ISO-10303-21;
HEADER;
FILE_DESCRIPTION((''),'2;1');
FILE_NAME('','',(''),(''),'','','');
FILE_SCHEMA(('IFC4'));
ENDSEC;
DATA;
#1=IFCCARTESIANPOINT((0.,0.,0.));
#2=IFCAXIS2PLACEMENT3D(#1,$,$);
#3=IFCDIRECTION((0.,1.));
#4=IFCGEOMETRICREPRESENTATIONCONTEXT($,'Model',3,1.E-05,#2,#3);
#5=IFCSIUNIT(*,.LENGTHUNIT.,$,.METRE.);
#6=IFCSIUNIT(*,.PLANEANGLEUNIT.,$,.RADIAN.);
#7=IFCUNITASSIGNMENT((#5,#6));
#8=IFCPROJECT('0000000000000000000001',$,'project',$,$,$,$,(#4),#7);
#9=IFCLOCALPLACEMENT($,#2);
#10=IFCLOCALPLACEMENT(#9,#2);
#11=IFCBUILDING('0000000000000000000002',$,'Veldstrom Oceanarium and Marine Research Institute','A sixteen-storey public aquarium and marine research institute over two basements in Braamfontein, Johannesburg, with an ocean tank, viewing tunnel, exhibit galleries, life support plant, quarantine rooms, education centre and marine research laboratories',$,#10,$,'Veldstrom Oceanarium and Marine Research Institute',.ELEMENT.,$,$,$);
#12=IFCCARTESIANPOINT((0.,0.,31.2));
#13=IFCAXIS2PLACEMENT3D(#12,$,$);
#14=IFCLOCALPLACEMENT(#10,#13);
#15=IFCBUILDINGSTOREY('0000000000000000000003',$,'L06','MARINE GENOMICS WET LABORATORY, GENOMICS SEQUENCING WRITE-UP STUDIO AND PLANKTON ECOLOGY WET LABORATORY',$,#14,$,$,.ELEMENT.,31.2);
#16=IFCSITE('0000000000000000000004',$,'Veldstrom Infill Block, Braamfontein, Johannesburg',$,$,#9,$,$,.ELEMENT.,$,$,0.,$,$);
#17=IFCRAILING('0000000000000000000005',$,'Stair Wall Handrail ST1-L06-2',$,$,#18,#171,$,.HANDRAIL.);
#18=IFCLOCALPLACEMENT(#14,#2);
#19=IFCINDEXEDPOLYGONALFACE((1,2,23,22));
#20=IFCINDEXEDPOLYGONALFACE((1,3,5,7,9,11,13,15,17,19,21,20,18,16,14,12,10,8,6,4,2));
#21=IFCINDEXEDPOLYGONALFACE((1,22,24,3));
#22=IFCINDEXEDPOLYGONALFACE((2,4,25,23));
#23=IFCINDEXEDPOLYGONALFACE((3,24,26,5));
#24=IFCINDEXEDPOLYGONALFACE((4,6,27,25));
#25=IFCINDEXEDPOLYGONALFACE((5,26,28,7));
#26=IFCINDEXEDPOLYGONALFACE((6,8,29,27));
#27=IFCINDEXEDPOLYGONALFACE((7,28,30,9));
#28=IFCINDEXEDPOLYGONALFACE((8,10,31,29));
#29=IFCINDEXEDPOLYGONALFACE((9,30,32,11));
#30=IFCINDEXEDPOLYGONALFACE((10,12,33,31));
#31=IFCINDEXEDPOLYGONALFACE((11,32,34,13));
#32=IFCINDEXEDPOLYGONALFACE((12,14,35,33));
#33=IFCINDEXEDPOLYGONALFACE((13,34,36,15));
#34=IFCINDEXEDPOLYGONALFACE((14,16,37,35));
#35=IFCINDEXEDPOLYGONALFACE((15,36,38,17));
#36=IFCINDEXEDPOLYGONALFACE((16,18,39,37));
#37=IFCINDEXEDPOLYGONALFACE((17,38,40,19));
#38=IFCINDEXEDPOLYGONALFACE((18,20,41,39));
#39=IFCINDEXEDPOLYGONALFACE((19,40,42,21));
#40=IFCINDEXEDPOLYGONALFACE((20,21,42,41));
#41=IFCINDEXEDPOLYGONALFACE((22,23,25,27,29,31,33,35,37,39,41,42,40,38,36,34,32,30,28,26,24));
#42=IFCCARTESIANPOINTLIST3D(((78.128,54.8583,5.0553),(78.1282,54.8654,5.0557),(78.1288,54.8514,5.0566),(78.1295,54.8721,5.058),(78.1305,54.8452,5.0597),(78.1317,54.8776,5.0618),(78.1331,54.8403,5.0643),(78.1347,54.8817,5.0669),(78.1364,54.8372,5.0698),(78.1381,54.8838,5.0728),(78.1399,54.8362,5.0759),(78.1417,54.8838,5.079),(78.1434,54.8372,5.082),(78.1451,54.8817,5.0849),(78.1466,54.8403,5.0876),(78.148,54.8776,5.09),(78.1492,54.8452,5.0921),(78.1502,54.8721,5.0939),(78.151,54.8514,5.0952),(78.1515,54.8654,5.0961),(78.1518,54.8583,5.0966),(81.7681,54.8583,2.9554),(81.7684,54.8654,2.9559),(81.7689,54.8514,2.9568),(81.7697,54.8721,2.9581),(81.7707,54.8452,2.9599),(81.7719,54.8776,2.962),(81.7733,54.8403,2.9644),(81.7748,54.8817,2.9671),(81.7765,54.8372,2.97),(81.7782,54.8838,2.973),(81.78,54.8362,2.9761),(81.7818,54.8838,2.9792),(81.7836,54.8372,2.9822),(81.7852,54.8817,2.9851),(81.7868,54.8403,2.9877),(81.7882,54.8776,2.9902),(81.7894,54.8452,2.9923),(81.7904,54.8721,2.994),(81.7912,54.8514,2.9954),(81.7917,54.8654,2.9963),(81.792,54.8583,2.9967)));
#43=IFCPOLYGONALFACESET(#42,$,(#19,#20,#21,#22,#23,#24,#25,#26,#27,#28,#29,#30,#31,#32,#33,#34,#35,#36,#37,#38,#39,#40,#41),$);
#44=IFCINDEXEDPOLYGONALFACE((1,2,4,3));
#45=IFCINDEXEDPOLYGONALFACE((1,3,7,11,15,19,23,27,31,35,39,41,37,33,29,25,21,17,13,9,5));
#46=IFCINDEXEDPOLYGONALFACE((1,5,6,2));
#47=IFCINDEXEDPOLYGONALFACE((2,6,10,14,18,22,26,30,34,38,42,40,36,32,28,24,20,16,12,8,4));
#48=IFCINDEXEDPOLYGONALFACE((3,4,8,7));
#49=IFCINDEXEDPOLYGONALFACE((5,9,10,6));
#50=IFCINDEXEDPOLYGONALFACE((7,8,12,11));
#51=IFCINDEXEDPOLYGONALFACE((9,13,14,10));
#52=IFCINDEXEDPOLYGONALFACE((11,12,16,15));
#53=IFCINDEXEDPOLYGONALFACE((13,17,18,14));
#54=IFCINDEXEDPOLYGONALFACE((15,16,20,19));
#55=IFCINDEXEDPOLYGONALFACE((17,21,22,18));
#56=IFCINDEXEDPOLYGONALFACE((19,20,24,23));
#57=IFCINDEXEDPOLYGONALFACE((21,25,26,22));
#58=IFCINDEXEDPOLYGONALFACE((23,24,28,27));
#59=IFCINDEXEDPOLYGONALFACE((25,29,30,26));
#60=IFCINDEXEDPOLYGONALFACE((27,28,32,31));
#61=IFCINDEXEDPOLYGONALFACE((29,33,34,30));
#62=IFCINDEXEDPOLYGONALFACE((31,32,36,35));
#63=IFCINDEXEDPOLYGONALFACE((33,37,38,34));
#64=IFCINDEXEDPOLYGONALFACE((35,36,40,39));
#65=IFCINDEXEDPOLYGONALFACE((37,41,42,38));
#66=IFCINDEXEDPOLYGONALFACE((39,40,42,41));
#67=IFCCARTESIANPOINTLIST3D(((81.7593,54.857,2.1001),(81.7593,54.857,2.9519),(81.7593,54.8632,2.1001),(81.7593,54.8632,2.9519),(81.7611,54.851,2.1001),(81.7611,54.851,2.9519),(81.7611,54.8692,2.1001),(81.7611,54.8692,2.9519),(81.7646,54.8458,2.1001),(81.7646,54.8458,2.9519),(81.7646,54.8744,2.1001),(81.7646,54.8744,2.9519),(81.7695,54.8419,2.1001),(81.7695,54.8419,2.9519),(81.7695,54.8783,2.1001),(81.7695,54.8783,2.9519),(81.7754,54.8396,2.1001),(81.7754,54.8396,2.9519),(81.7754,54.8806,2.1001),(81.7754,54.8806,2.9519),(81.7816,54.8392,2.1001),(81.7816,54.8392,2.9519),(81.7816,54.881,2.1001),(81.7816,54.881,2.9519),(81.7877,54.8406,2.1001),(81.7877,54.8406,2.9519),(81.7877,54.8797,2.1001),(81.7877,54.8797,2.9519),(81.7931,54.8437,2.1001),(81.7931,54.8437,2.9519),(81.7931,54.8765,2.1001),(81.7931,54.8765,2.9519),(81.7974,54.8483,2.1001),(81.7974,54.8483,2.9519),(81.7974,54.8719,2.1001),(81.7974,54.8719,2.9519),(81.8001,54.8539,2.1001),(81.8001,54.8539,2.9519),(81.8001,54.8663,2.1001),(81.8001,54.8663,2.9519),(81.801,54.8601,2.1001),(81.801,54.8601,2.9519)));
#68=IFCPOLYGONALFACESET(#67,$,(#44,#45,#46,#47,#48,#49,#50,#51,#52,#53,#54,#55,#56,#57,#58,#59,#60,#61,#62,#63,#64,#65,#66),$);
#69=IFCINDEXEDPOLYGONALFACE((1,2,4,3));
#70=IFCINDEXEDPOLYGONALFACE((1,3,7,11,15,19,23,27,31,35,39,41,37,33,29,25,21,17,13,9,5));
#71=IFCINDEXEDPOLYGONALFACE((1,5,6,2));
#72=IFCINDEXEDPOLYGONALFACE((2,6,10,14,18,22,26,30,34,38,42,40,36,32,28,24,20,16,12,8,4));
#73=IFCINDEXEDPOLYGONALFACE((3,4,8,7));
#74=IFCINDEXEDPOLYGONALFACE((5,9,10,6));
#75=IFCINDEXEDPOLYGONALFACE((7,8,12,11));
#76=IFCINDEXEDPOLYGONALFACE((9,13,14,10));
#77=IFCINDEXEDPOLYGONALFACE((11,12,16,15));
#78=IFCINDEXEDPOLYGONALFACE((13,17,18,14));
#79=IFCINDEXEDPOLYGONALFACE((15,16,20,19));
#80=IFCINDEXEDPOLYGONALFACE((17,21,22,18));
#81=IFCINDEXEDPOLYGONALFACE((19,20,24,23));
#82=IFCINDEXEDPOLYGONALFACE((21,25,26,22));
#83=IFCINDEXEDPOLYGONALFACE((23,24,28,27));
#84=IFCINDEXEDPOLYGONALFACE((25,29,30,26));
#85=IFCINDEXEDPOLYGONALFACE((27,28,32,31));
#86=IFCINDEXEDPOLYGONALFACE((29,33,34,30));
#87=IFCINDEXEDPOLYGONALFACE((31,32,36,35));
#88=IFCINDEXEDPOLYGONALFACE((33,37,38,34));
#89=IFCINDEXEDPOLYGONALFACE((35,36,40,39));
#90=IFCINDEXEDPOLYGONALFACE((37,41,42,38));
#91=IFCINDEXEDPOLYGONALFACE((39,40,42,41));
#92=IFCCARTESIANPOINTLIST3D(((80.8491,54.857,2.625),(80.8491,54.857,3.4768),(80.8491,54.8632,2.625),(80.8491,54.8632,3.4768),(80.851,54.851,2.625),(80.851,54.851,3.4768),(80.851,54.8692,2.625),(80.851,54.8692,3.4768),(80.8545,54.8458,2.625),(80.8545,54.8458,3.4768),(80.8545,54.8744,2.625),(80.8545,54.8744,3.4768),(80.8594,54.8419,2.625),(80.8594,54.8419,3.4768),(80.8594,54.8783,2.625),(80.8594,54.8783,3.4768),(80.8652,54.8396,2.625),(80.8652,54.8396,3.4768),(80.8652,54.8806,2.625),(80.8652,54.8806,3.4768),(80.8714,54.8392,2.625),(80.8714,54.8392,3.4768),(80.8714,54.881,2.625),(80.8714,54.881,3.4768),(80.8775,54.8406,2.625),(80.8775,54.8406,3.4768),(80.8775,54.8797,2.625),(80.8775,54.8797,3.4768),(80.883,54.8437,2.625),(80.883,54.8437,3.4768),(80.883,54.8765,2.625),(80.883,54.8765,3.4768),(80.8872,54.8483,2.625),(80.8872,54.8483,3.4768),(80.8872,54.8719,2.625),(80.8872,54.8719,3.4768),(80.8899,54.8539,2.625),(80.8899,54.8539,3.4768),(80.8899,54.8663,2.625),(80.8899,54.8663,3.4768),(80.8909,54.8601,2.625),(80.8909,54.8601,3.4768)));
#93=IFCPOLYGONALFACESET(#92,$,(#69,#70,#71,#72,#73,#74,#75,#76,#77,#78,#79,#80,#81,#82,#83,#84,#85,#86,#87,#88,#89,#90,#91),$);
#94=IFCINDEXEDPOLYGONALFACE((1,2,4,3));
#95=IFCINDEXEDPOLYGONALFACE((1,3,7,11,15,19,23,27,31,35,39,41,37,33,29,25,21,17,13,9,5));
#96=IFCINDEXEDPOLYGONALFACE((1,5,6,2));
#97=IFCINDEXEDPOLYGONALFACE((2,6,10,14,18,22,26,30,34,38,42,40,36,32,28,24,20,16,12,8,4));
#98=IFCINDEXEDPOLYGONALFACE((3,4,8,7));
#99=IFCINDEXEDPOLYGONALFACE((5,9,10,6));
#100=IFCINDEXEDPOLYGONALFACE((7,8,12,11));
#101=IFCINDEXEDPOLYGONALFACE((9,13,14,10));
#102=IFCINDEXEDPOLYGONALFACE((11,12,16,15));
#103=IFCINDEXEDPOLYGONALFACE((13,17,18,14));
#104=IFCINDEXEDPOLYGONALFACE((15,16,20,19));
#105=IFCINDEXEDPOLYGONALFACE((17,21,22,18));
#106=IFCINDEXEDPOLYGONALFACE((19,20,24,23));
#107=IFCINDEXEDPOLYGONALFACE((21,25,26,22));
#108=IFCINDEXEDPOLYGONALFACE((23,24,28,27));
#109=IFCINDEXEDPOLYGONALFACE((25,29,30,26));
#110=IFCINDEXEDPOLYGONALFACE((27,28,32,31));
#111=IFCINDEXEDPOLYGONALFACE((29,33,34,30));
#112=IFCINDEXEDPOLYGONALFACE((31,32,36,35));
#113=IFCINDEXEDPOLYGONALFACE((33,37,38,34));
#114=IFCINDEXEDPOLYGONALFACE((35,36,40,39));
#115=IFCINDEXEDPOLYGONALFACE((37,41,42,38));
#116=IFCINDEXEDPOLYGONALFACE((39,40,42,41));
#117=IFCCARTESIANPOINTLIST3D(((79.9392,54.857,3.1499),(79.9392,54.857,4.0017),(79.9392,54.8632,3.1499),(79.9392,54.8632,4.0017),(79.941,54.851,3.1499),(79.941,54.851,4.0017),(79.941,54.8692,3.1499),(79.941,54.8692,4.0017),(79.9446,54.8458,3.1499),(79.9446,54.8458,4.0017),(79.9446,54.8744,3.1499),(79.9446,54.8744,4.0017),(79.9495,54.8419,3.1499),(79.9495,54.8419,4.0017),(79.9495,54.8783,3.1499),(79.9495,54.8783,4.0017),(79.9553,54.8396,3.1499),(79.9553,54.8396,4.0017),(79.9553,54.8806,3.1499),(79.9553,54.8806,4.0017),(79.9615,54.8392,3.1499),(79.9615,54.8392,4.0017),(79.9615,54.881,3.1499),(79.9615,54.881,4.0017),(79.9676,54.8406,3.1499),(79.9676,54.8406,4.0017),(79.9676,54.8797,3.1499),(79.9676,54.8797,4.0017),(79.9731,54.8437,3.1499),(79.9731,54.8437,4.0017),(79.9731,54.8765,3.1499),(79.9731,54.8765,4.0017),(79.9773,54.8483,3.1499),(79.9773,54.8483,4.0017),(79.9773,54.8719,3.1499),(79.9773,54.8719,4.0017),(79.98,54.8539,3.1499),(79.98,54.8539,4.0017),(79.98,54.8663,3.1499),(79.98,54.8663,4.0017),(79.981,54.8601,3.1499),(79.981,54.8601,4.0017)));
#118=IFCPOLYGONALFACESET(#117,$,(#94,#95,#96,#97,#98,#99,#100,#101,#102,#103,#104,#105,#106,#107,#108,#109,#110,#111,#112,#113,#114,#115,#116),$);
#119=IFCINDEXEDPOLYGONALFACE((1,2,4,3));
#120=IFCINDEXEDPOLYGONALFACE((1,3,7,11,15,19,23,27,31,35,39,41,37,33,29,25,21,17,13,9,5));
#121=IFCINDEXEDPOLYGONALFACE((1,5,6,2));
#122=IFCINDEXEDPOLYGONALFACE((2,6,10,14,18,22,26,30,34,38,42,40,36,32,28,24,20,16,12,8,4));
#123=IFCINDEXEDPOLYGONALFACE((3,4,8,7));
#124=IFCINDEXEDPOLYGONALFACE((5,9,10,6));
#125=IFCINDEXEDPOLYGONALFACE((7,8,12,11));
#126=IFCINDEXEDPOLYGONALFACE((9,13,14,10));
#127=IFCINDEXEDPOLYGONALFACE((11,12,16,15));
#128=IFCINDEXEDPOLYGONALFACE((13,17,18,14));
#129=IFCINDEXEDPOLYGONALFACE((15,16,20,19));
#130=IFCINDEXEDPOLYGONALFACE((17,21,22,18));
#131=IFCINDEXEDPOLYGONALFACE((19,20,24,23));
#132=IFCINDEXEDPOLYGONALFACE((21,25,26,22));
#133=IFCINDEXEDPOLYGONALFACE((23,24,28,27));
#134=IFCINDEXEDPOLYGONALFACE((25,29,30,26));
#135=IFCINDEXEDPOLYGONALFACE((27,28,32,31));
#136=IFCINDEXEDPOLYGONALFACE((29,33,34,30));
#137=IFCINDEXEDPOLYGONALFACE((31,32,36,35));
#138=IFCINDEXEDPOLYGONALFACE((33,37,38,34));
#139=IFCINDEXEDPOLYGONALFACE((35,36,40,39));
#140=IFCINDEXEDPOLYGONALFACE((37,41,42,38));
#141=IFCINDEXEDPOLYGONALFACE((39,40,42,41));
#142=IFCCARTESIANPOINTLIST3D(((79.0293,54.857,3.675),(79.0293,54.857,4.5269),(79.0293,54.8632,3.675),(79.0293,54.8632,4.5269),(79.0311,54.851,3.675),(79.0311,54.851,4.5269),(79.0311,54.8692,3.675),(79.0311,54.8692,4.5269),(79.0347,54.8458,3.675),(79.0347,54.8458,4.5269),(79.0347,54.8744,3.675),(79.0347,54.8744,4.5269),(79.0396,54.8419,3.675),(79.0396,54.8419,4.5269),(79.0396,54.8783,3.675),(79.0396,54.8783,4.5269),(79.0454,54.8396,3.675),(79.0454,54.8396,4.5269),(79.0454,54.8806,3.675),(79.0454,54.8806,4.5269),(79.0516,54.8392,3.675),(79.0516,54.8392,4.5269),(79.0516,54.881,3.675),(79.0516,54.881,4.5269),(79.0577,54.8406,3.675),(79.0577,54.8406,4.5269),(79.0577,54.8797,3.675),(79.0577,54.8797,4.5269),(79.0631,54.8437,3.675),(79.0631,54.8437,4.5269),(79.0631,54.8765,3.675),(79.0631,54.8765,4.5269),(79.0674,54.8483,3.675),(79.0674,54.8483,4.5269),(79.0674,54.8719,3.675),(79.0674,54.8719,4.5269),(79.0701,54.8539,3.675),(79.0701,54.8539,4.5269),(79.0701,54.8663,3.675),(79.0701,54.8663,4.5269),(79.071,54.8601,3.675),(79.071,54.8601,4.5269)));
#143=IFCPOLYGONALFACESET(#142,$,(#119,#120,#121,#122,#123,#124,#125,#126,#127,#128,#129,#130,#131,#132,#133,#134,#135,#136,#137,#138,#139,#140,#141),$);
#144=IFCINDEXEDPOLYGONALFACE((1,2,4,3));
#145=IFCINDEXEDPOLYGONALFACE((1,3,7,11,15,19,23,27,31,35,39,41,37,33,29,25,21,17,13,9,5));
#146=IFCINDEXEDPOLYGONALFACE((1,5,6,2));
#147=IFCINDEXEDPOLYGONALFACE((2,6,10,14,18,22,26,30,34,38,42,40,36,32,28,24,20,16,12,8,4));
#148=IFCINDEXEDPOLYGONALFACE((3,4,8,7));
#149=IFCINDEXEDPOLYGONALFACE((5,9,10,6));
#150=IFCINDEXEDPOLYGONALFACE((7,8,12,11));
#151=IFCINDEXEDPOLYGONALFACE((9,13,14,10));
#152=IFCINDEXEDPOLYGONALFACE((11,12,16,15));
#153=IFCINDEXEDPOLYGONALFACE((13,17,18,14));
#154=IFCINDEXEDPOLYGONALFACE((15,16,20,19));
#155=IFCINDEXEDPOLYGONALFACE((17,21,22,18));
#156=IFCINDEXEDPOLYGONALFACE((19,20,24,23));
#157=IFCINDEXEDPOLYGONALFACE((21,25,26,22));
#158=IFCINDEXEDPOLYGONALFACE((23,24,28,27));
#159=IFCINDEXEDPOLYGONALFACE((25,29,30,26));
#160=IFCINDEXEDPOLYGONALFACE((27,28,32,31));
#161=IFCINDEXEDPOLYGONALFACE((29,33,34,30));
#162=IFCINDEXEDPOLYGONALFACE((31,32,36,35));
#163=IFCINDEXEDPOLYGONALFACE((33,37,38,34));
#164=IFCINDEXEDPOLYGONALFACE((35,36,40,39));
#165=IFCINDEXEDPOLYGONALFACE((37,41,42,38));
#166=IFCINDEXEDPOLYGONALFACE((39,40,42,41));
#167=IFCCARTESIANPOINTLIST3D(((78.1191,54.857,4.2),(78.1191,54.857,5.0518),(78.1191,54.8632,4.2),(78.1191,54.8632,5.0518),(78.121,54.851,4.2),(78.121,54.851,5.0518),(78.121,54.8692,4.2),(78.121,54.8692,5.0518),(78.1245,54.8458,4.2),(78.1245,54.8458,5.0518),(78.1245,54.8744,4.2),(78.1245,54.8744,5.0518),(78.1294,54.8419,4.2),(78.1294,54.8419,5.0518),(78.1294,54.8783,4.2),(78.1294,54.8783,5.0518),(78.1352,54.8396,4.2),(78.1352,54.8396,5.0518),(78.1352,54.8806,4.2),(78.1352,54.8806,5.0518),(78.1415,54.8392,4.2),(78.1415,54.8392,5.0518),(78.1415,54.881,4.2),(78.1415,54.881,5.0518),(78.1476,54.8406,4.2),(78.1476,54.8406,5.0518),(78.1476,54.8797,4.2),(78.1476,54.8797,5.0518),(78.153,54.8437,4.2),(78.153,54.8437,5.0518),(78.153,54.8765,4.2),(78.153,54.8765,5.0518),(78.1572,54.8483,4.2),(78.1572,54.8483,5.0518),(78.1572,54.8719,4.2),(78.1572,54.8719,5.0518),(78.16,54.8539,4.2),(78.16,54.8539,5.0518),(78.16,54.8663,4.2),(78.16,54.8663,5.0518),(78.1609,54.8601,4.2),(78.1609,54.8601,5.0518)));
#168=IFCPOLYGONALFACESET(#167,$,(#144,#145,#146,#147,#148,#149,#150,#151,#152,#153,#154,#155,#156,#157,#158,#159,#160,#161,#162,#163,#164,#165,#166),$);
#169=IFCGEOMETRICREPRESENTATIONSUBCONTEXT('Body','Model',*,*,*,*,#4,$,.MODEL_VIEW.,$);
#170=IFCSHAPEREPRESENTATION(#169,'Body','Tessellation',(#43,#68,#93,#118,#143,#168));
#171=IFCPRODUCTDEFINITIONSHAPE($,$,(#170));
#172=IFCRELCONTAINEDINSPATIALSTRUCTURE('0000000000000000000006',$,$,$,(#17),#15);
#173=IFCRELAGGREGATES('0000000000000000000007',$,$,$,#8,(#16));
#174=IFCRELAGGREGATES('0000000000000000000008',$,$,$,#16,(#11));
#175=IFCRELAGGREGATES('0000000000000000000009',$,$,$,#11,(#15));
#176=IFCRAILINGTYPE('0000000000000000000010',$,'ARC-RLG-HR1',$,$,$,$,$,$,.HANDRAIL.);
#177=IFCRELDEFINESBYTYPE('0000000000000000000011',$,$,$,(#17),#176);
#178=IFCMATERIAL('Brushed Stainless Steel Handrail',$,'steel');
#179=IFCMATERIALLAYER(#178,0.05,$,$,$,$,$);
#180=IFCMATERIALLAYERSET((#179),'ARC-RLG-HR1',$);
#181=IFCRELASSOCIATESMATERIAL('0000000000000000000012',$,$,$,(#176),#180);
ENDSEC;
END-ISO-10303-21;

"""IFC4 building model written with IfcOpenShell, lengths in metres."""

from ifc_helpers import new_model, si_unit, direction, frame, origin, origin_2d, place, context, subcontext, project, spatial, circle, extrude, material, layer, layer_set, type_object, element, save


model = new_model("IFC4")

# Units and contexts
model_context = context("Model", 3, precision=1e-05, world=origin(), true_north=direction((0.0, 1.0)))
body_context = subcontext(model_context, "Body", "Model", "MODEL_VIEW")
ifc_project = project(units=[si_unit("LENGTHUNIT", "METRE"), si_unit("PLANEANGLEUNIT", "RADIAN")], contexts=[model_context])

# Site, building, storey
site_placement = place(None, origin())
site = spatial("IfcSite", under=ifc_project, at=site_placement, Name="Veldstrom Infill Block, Braamfontein, Johannesburg", CompositionType="ELEMENT", RefElevation=0.0)
building_placement = place(site_placement, origin())
building = spatial("IfcBuilding", under=site, at=building_placement, Name="Veldstrom Oceanarium and Marine Research Institute", Description="A sixteen-storey public aquarium and marine research institute over two basements in Braamfontein, Johannesburg, with an ocean tank, viewing tunnel, exhibit galleries, life support plant, quarantine rooms, education centre and marine research laboratories", LongName="Veldstrom Oceanarium and Marine Research Institute", CompositionType="ELEMENT")
storey_placement = place(building_placement, frame((0.0, 0.0, 31.2)))
storey = spatial("IfcBuildingStorey", under=building, at=storey_placement, Name="L06", Description="MARINE GENOMICS WET LABORATORY, GENOMICS SEQUENCING WRITE-UP STUDIO AND PLANKTON ECOLOGY WET LABORATORY", CompositionType="ELEMENT", Elevation=31.2)

# Railing
ifc_material_1 = material(Name="Brushed Stainless Steel Handrail", Category="steel")
ifc_layer_1 = layer(ifc_material_1, 0.05)
ifc_layer_set_1 = layer_set([ifc_layer_1], Name="ARC-RLG-HR1")
railing_type_1 = type_object("IfcRailingType", Name="ARC-RLG-HR1", PredefinedType="HANDRAIL", material=ifc_layer_set_1)
railing_1_placement = place(storey_placement, frame((81.78, 54.8601, 2.1001)))
element("IfcRailing", 1, at=railing_1_placement, inside=storey, type_object=railing_type_1, Name="Stair Wall Handrail ST1-L06-2", PredefinedType="HANDRAIL", context=body_context, shape_type="SweptSolid", body=[
    extrude(circle(Radius=0.0239, at=origin_2d()), frame((0.0, 0.0, 0.876), z_axis=(-0.866209, 0.0, 0.499682), x_axis=(0.0, -1.0, 0.0)), (0.0, 0.0, 1.0), 4.2024),
    extrude(circle(Radius=0.021, at=origin_2d()), origin(), (0.0, 0.0, 1.0), 0.8518),
    extrude(circle(Radius=0.021, at=origin_2d()), frame((-0.9102, 0.0, 0.5249)), (0.0, 0.0, 1.0), 0.8518),
    extrude(circle(Radius=0.021, at=origin_2d()), frame((-1.8201, 0.0, 1.0498)), (0.0, 0.0, 1.0), 0.8518),
    extrude(circle(Radius=0.021, at=origin_2d()), frame((-2.73, 0.0, 1.575)), (0.0, 0.0, 1.0), 0.8518),
    extrude(circle(Radius=0.021, at=origin_2d()), frame((-3.6401, 0.0, 2.0999)), (0.0, 0.0, 1.0), 0.8518),
])

save(model, "model.ifc")
